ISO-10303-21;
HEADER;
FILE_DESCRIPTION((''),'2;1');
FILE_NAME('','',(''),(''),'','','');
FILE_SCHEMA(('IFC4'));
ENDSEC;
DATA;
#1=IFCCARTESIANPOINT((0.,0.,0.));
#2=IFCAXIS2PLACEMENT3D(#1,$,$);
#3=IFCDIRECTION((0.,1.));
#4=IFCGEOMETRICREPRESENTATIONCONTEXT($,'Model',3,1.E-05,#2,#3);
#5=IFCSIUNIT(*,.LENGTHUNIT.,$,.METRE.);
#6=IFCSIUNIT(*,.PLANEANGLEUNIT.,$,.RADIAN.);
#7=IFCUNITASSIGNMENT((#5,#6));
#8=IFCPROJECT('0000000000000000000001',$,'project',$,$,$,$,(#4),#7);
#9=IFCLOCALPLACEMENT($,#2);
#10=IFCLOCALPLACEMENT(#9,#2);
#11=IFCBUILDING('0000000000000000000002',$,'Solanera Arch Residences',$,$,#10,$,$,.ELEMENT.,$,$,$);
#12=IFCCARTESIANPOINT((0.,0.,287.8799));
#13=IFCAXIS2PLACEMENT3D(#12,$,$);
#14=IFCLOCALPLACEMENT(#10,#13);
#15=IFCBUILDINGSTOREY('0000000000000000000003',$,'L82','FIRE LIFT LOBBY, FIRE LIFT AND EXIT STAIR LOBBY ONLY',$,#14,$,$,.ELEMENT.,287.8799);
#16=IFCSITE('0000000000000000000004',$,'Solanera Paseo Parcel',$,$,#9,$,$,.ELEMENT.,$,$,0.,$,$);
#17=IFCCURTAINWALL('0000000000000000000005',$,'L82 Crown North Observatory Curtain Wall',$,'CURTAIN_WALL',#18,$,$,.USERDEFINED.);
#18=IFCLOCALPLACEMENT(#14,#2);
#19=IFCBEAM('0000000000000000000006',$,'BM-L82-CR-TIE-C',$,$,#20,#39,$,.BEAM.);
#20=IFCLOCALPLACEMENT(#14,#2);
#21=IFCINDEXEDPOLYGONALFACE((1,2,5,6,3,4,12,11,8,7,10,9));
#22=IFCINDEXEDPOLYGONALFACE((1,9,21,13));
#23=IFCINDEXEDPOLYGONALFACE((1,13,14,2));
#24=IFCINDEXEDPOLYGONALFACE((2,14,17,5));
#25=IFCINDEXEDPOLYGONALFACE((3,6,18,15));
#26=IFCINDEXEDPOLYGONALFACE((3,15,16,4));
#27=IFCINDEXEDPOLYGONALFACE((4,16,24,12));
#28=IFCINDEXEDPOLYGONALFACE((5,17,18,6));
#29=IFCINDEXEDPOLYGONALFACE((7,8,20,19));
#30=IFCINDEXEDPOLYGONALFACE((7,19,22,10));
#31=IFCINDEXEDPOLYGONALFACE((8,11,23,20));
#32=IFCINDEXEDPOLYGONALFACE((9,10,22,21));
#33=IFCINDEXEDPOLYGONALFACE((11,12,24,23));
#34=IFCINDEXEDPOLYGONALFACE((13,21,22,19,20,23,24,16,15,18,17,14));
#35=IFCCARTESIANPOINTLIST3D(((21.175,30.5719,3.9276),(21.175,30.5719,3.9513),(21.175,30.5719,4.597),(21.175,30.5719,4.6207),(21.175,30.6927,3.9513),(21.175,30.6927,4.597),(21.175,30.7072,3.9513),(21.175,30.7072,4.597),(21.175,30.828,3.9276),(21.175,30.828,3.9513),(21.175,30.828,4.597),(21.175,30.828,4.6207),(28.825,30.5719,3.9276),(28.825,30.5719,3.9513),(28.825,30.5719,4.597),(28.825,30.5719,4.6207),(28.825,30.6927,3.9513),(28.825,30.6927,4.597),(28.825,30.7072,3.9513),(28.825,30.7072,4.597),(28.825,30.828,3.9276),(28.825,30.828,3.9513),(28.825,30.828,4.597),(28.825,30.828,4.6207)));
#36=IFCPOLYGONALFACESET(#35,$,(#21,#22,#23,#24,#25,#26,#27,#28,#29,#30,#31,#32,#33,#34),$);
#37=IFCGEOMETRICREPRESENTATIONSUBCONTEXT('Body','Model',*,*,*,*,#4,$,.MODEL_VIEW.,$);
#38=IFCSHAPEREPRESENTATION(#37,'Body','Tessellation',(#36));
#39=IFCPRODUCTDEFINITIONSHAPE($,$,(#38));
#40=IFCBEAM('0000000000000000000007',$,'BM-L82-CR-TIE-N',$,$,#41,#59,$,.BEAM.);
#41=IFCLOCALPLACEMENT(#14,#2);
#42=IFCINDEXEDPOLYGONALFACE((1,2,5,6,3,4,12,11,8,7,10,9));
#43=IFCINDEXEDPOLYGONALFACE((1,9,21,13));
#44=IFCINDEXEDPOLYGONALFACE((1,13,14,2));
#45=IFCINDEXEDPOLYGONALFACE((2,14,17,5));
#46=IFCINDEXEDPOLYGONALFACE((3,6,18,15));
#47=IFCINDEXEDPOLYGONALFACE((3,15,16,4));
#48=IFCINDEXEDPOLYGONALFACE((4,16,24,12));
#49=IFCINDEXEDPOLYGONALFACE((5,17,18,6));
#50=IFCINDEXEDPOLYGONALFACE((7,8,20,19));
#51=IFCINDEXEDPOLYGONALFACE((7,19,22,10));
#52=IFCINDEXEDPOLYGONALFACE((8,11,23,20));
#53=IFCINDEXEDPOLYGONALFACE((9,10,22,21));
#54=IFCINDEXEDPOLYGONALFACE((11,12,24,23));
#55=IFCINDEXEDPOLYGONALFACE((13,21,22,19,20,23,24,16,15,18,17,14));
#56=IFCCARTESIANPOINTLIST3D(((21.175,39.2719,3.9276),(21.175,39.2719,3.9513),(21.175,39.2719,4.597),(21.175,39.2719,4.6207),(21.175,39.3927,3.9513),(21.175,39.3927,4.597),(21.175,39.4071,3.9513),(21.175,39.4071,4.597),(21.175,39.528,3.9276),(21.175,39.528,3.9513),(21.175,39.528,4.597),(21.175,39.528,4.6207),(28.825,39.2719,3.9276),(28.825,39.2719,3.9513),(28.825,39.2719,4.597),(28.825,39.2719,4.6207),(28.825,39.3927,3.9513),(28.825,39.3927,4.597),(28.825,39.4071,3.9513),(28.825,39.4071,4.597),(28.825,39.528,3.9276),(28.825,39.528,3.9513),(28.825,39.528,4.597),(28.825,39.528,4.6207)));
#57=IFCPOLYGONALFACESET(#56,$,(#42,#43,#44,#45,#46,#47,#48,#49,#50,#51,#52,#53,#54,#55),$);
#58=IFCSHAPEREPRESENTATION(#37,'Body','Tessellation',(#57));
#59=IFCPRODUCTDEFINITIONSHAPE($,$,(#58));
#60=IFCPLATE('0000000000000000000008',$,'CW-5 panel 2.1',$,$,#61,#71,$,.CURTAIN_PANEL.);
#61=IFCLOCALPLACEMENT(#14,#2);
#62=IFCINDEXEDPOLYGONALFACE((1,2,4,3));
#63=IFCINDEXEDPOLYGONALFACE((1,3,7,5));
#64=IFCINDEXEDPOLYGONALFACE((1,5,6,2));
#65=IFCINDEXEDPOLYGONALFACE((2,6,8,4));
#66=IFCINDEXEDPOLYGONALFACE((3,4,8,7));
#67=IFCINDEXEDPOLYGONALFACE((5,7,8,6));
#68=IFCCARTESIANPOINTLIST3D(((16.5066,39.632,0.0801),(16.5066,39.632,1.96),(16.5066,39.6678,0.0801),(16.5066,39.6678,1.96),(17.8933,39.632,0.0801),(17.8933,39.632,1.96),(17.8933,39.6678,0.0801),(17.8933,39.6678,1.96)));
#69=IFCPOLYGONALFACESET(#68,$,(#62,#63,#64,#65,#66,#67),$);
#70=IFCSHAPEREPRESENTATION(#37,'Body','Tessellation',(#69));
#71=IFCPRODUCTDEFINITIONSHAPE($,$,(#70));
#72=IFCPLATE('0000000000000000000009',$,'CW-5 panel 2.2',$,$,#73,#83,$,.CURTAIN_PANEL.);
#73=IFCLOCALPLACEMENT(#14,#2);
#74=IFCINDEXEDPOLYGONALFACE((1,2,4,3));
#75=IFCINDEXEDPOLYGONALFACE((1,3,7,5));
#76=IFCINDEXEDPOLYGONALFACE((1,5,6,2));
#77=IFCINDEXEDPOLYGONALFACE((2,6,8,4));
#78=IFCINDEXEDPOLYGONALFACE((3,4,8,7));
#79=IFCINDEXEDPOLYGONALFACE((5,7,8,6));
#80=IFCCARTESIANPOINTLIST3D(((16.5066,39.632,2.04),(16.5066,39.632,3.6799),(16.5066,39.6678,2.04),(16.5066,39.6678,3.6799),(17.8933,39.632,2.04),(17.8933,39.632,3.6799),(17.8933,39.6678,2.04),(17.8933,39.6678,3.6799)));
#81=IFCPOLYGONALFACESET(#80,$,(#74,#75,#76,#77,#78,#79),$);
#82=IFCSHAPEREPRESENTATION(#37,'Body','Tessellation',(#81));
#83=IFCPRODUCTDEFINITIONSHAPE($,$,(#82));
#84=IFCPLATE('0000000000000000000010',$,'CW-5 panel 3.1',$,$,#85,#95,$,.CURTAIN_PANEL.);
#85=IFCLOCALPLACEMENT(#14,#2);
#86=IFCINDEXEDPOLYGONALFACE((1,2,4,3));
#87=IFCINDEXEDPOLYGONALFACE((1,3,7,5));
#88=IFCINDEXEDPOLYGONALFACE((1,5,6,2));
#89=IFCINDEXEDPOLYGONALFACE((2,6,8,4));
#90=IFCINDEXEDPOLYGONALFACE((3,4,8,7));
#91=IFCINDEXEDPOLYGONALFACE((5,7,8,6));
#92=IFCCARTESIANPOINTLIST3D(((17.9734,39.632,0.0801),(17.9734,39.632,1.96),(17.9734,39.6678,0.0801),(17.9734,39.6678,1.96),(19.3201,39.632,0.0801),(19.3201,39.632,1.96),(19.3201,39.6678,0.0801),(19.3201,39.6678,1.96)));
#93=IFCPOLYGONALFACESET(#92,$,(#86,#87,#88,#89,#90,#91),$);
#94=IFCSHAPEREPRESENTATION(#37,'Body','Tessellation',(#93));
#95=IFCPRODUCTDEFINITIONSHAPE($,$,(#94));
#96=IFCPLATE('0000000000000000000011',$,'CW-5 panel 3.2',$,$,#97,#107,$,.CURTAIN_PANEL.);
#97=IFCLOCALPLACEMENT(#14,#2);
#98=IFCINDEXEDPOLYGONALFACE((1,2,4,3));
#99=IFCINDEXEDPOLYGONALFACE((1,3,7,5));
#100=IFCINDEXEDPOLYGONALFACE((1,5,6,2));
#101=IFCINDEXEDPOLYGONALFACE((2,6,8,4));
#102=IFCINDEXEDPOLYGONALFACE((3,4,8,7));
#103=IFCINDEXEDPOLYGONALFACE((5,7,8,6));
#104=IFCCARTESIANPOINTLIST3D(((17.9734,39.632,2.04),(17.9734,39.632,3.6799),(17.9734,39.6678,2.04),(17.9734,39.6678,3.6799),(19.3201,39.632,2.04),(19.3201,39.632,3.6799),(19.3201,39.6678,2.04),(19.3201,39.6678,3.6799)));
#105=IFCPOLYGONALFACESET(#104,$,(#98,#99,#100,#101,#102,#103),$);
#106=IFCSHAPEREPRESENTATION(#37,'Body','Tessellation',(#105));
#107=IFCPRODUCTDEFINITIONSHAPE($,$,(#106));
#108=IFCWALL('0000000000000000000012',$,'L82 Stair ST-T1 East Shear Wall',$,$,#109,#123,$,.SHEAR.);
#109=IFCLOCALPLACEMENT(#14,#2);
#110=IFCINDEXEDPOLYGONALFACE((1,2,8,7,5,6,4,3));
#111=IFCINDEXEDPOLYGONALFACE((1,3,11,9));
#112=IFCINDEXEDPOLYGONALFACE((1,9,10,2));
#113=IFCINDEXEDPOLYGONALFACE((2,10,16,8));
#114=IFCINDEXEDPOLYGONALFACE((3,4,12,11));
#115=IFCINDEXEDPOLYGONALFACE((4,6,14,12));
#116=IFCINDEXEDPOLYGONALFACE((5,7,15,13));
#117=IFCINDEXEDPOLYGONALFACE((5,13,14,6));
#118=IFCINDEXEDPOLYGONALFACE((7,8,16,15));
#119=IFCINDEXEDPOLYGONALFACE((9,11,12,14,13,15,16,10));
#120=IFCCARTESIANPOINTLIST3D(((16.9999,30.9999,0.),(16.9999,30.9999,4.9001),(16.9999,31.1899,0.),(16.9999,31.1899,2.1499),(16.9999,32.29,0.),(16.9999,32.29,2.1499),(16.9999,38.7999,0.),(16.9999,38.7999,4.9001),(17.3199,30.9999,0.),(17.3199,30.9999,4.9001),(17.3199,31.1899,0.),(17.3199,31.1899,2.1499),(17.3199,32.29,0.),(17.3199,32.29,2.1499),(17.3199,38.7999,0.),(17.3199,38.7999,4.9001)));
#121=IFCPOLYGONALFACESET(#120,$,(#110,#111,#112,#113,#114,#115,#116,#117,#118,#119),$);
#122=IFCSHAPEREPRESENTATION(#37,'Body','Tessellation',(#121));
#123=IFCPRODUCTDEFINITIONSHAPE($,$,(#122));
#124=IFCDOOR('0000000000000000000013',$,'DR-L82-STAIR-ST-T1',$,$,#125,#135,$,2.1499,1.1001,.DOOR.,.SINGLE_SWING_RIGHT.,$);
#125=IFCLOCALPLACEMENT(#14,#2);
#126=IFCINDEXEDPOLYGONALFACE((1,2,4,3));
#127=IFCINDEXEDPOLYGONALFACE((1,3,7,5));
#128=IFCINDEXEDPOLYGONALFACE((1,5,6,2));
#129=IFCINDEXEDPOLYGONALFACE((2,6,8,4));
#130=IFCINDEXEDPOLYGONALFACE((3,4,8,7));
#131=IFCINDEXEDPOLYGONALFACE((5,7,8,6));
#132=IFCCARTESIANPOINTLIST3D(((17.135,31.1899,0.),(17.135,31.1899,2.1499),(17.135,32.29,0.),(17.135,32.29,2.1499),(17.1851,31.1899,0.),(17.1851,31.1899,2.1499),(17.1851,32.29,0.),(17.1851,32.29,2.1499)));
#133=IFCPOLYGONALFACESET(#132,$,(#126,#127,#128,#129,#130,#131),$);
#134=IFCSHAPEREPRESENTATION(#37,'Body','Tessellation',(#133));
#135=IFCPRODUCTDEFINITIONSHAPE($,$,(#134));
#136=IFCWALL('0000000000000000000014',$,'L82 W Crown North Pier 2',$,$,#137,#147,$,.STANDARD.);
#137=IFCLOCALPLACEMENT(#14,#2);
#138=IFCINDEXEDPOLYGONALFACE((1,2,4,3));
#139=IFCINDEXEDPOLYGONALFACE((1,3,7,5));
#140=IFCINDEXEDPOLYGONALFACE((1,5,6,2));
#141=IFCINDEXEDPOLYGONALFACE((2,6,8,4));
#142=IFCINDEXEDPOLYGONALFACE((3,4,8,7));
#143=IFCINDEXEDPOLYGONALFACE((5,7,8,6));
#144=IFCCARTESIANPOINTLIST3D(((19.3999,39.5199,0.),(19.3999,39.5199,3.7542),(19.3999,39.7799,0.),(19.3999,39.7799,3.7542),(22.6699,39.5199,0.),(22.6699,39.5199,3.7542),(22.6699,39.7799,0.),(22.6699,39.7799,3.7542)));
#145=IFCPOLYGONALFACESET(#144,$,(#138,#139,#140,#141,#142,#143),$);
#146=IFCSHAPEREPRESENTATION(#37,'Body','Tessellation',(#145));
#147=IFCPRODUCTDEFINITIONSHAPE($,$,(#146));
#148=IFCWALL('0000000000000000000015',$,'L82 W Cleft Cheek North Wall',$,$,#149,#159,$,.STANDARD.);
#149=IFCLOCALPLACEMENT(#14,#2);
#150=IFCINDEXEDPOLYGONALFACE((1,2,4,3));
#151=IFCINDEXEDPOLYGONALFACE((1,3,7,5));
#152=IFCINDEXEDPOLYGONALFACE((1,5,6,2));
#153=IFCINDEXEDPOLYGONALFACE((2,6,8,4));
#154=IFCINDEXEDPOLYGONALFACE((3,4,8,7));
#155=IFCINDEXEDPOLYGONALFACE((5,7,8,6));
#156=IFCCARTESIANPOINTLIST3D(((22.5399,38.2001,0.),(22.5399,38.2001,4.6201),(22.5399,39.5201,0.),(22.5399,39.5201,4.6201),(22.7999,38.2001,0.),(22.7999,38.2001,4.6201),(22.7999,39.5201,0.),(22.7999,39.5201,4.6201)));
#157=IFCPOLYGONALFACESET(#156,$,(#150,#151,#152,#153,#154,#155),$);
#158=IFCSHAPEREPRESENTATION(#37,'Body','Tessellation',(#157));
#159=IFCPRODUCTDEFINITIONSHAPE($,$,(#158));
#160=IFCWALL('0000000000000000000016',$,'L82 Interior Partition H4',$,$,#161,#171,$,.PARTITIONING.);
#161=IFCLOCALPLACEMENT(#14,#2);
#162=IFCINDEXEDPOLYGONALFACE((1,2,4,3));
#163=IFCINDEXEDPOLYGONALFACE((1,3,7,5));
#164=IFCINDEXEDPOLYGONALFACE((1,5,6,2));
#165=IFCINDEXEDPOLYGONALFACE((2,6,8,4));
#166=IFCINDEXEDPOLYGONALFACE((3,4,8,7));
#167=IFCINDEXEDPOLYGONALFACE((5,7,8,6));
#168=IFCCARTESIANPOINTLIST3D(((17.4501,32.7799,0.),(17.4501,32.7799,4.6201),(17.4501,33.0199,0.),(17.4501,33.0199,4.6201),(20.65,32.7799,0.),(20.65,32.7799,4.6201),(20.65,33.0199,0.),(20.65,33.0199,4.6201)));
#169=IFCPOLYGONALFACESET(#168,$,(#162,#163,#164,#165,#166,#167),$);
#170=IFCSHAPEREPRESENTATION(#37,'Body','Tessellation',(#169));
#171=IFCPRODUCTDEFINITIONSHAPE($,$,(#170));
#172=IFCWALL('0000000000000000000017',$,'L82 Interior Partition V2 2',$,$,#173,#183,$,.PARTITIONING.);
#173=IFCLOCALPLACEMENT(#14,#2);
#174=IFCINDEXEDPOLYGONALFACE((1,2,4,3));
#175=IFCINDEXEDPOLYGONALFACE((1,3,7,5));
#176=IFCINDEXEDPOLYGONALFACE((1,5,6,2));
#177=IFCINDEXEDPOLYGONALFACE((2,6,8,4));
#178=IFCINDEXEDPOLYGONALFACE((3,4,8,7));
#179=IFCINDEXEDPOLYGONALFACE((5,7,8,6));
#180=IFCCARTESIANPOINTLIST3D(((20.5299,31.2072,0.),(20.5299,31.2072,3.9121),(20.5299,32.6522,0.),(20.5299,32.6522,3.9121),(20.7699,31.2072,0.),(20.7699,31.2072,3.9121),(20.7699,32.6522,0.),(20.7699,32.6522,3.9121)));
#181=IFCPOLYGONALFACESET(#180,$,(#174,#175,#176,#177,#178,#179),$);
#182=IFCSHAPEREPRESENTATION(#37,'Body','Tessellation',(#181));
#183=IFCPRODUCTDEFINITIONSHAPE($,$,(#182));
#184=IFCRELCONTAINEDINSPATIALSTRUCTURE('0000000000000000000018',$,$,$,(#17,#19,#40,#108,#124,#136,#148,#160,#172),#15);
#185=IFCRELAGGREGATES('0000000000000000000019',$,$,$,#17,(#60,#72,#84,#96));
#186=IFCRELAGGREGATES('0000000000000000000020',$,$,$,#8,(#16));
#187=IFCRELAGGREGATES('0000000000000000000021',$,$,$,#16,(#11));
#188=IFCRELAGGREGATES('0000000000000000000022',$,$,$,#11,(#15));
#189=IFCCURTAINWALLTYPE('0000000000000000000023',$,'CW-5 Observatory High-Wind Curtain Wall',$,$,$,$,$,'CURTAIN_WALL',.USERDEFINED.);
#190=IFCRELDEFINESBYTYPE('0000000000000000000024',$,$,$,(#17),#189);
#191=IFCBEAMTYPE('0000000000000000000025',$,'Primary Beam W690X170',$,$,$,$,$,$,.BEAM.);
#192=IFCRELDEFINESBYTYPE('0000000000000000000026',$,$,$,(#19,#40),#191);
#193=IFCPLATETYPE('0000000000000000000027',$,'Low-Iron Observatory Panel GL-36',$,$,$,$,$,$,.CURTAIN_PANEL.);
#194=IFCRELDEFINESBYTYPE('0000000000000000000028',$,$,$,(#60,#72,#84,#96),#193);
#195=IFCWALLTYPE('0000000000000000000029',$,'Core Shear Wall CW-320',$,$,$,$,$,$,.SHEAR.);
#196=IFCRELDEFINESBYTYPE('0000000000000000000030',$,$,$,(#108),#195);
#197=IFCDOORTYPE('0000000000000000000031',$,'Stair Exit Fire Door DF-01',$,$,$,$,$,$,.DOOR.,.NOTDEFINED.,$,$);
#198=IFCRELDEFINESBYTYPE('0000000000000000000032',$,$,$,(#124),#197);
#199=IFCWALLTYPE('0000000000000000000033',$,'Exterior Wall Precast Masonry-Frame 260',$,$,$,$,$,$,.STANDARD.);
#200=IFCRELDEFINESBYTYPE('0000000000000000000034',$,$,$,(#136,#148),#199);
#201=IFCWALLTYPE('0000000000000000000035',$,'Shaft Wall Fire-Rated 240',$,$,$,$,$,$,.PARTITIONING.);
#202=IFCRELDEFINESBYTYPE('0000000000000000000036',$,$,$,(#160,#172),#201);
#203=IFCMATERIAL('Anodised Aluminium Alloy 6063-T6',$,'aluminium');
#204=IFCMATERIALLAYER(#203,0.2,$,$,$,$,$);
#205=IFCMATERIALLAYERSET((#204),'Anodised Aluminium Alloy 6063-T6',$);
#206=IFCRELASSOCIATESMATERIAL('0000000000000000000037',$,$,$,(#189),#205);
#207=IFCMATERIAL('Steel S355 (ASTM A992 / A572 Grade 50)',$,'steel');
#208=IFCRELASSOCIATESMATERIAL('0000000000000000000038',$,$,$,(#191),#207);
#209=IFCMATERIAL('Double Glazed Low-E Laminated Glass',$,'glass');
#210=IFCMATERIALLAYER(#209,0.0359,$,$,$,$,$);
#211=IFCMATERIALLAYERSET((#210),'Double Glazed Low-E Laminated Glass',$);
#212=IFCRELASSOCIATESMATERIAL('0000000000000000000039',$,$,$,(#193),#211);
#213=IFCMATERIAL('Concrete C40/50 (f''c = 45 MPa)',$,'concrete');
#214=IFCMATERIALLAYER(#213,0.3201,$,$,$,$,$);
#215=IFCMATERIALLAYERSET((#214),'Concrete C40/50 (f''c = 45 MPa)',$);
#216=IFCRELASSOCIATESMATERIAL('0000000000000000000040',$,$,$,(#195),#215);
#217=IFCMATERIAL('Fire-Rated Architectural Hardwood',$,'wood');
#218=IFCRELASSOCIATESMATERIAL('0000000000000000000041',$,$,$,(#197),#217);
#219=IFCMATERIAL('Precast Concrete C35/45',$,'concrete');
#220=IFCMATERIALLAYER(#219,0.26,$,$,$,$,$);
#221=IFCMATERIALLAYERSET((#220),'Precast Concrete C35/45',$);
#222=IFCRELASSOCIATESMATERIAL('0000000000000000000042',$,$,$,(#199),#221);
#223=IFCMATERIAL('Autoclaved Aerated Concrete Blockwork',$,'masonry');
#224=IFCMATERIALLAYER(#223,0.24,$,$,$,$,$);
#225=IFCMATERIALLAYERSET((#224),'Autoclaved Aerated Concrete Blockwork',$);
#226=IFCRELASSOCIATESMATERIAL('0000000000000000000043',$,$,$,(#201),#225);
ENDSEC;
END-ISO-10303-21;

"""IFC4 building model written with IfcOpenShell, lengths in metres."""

from ifc_helpers import new_model, si_unit, direction, frame, frame_2d, origin, origin_2d, place, context, subcontext, project, spatial, rectangle, i_section, extrude, material, layer, layer_set, material_profile, profile_set, type_object, element, fill, aggregate, save


model = new_model("IFC4")

# Units and contexts
model_context = context("Model", 3, precision=1e-05, world=origin(), true_north=direction((0.0, 1.0)))
body_context = subcontext(model_context, "Body", "Model", "MODEL_VIEW")
ifc_project = project(units=[si_unit("LENGTHUNIT", "METRE"), si_unit("PLANEANGLEUNIT", "RADIAN")], contexts=[model_context])

# Site, building, storey
site_placement = place(None, origin())
site = spatial("IfcSite", under=ifc_project, at=site_placement, Name="Solanera Paseo Parcel", CompositionType="ELEMENT", RefElevation=0.0)
building_placement = place(site_placement, origin())
building = spatial("IfcBuilding", under=site, at=building_placement, Name="Solanera Arch Residences", CompositionType="ELEMENT")
storey_placement = place(building_placement, frame((0.0, 0.0, 287.8799)))
storey = spatial("IfcBuildingStorey", under=building, at=storey_placement, Name="L82", Description="FIRE LIFT LOBBY, FIRE LIFT AND EXIT STAIR LOBBY ONLY", CompositionType="ELEMENT", Elevation=287.8799)

# Curtain wall
ifc_material_1 = material(Name="Anodised Aluminium Alloy 6063-T6", Category="aluminium")
ifc_layer_1 = layer(ifc_material_1, 0.2)
ifc_layer_set_1 = layer_set([ifc_layer_1], Name="Anodised Aluminium Alloy 6063-T6")
curtain_wall_type_1 = type_object("IfcCurtainWallType", Name="CW-5 Observatory High-Wind Curtain Wall", ElementType="CURTAIN_WALL", PredefinedType="USERDEFINED", material=ifc_layer_set_1)
curtain_wall_1_placement = place(storey_placement, origin())
curtain_wall_1 = element("IfcCurtainWall", 1, at=curtain_wall_1_placement, inside=storey, type_object=curtain_wall_type_1, Name="L82 Crown North Observatory Curtain Wall", ObjectType="CURTAIN_WALL", PredefinedType="USERDEFINED")

# Beams
ifc_material_2 = material(Name="Steel S355 (ASTM A992 / A572 Grade 50)", Category="steel")
ifc_material_profile_1 = material_profile(ifc_material_2, i_section(OverallWidth=0.2561, OverallDepth=0.6931, WebThickness=0.0144, FlangeThickness=0.0237, at=origin_2d()))
ifc_profile_set_1 = profile_set([ifc_material_profile_1], Name="Steel S355 (ASTM A992 / A572 Grade 50)")
beam_type = type_object("IfcBeamType", Name="Primary Beam W690X170", PredefinedType="BEAM", material=ifc_profile_set_1)
for number, where, z_axis, x_axis, name in (
    (2, (21.175, 30.7, 4.2742), (1.0, 0.0, 0.0), (0.0, 1.0, 0.0), "BM-L82-CR-TIE-C"),
    (3, (21.175, 39.3999, 4.2742), (1.0, 0.0, 0.0), (0.0, 1.0, 0.0), "BM-L82-CR-TIE-N"),
):
    element("IfcBeam", number, at=place(storey_placement, frame(where, z_axis=z_axis, x_axis=x_axis)), inside=storey, type_object=beam_type, Name=name, PredefinedType="BEAM", context=body_context, shape_type="SweptSolid", body=[
        extrude(i_section(OverallWidth=0.2561, OverallDepth=0.6931, WebThickness=0.0144, FlangeThickness=0.0237, at=origin_2d()), origin(), (0.0, 0.0, 1.0), 7.6499),
    ])

# Plates
ifc_material_3 = material(Name="Double Glazed Low-E Laminated Glass", Category="glass")
ifc_layer_2 = layer(ifc_material_3, 0.0359)
ifc_layer_set_2 = layer_set([ifc_layer_2], Name="Double Glazed Low-E Laminated Glass")
plate_type = type_object("IfcPlateType", Name="Low-Iron Observatory Panel GL-36", PredefinedType="CURTAIN_PANEL", material=ifc_layer_set_2)
plate_1_placement = place(storey_placement, frame((17.2, 39.6499, 0.0801), z_axis=(0.0, 0.0, 1.0), x_axis=(1.0, 0.0, 0.0)))
plate_1 = element("IfcPlate", 4, at=plate_1_placement, type_object=plate_type, Name="CW-5 panel 2.1", PredefinedType="CURTAIN_PANEL", context=body_context, shape_type="SweptSolid", body=[
    extrude(rectangle(XDim=1.3867, YDim=0.0359, at=origin_2d()), origin(), (0.0, 0.0, 1.0), 1.8799),
])
plate_2_placement = place(storey_placement, frame((17.2, 39.6499, 2.04), z_axis=(0.0, 0.0, 1.0), x_axis=(1.0, 0.0, 0.0)))
plate_2 = element("IfcPlate", 5, at=plate_2_placement, type_object=plate_type, Name="CW-5 panel 2.2", PredefinedType="CURTAIN_PANEL", context=body_context, shape_type="SweptSolid", body=[
    extrude(rectangle(XDim=1.3867, YDim=0.0359, at=origin_2d()), origin(), (0.0, 0.0, 1.0), 1.6399),
])
plate_3_placement = place(storey_placement, frame((18.6467, 39.6499, 0.0801), z_axis=(0.0, 0.0, 1.0), x_axis=(1.0, 0.0, 0.0)))
plate_3 = element("IfcPlate", 6, at=plate_3_placement, type_object=plate_type, Name="CW-5 panel 3.1", PredefinedType="CURTAIN_PANEL", context=body_context, shape_type="SweptSolid", body=[
    extrude(rectangle(XDim=1.3467, YDim=0.0359, at=origin_2d()), origin(), (0.0, 0.0, 1.0), 1.8799),
])
plate_4_placement = place(storey_placement, frame((18.6467, 39.6499, 2.04), z_axis=(0.0, 0.0, 1.0), x_axis=(1.0, 0.0, 0.0)))
plate_4 = element("IfcPlate", 7, at=plate_4_placement, type_object=plate_type, Name="CW-5 panel 3.2", PredefinedType="CURTAIN_PANEL", context=body_context, shape_type="SweptSolid", body=[
    extrude(rectangle(XDim=1.3467, YDim=0.0359, at=origin_2d()), origin(), (0.0, 0.0, 1.0), 1.6399),
])
aggregate(curtain_wall_1, [plate_1, plate_2, plate_3, plate_4])

# Wall, opening, door
ifc_material_4 = material(Name="Concrete C40/50 (f'c = 45 MPa)", Category="concrete")
ifc_layer_3 = layer(ifc_material_4, 0.3201)
ifc_layer_set_3 = layer_set([ifc_layer_3], Name="Concrete C40/50 (f'c = 45 MPa)")
wall_type_1 = type_object("IfcWallType", Name="Core Shear Wall CW-320", PredefinedType="SHEAR", material=ifc_layer_set_3)
wall_1_placement = place(storey_placement, frame((17.1599, 31.0, 0.0), z_axis=(0.0, 0.0, 1.0), x_axis=(0.0, 1.0, 0.0)))
wall_1 = element("IfcWall", 8, at=wall_1_placement, inside=storey, type_object=wall_type_1, Name="L82 Stair ST-T1 East Shear Wall", PredefinedType="SHEAR", context=body_context, shape_type="SweptSolid", body=[
    extrude(rectangle(XDim=7.8, YDim=0.3201, at=frame_2d((3.8999, 0.0))), origin(), (0.0, 0.0, 1.0), 4.9001),
])
opening_placement = place(wall_1_placement, frame((0.1899, 0.0, 0.0)))
opening = element("IfcOpeningElement", 9, at=opening_placement, cuts=wall_1, PredefinedType="OPENING", context=body_context, shape_type="SweptSolid", body=[
    extrude(rectangle(XDim=1.1001, YDim=2.1499, at=frame_2d((0.55, 1.075))), frame((0.0, 0.1699, 0.0), z_axis=(0.0, -1.0, 0.0), x_axis=(1.0, 0.0, 0.0)), (0.0, 0.0, 1.0), 0.3401),
])
ifc_material_5 = material(Name="Fire-Rated Architectural Hardwood", Category="wood")
door_type = type_object("IfcDoorType", Name="Stair Exit Fire Door DF-01", OperationType="NOTDEFINED", PredefinedType="DOOR", material=ifc_material_5)
door_placement = place(opening_placement, origin())
door = element("IfcDoor", 10, at=door_placement, inside=storey, type_object=door_type, Name="DR-L82-STAIR-ST-T1", OperationType="SINGLE_SWING_RIGHT", OverallHeight=2.1499, OverallWidth=1.1001, PredefinedType="DOOR", context=body_context, shape_type="SweptSolid", body=[
    extrude(rectangle(XDim=1.1001, YDim=2.1499, at=frame_2d((0.55, 1.075))), frame((0.0, 0.0249, 0.0), z_axis=(0.0, -1.0, 0.0), x_axis=(1.0, 0.0, 0.0)), (0.0, 0.0, 1.0), 0.05),
])
fill(opening, door)

# Walls
ifc_material_6 = material(Name="Precast Concrete C35/45", Category="concrete")
ifc_layer_4 = layer(ifc_material_6, 0.26)
ifc_layer_set_4 = layer_set([ifc_layer_4], Name="Precast Concrete C35/45")
wall_type_2 = type_object("IfcWallType", Name="Exterior Wall Precast Masonry-Frame 260", PredefinedType="STANDARD", material=ifc_layer_set_4)
wall_2_placement = place(storey_placement, frame((19.3999, 39.6499, 0.0), z_axis=(0.0, 0.0, 1.0), x_axis=(1.0, 0.0, 0.0)))
element("IfcWall", 11, at=wall_2_placement, inside=storey, type_object=wall_type_2, Name="L82 W Crown North Pier 2", PredefinedType="STANDARD", context=body_context, shape_type="SweptSolid", body=[
    extrude(rectangle(XDim=3.27, YDim=0.26, at=frame_2d((1.635, 0.0))), origin(), (0.0, 0.0, 1.0), 3.7542),
])
wall_3_placement = place(storey_placement, frame((22.6699, 38.2, 0.0), z_axis=(0.0, 0.0, 1.0), x_axis=(0.0, 1.0, 0.0)))
element("IfcWall", 12, at=wall_3_placement, inside=storey, type_object=wall_type_2, Name="L82 W Cleft Cheek North Wall", PredefinedType="STANDARD", context=body_context, shape_type="SweptSolid", body=[
    extrude(rectangle(XDim=1.3201, YDim=0.26, at=frame_2d((0.6602, 0.0))), origin(), (0.0, 0.0, 1.0), 4.6201),
])
ifc_material_7 = material(Name="Autoclaved Aerated Concrete Blockwork", Category="masonry")
ifc_layer_5 = layer(ifc_material_7, 0.24)
ifc_layer_set_5 = layer_set([ifc_layer_5], Name="Autoclaved Aerated Concrete Blockwork")
wall_type_3 = type_object("IfcWallType", Name="Shaft Wall Fire-Rated 240", PredefinedType="PARTITIONING", material=ifc_layer_set_5)
wall_4_placement = place(storey_placement, frame((17.45, 32.8999, 0.0), z_axis=(0.0, 0.0, 1.0), x_axis=(1.0, 0.0, 0.0)))
element("IfcWall", 13, at=wall_4_placement, inside=storey, type_object=wall_type_3, Name="L82 Interior Partition H4", PredefinedType="PARTITIONING", context=body_context, shape_type="SweptSolid", body=[
    extrude(rectangle(XDim=3.2, YDim=0.24, at=frame_2d((1.6001, 0.0))), origin(), (0.0, 0.0, 1.0), 4.6201),
])
wall_5_placement = place(storey_placement, frame((20.6499, 31.207, 0.0), z_axis=(0.0, 0.0, 1.0), x_axis=(0.0, 1.0, 0.0)))
element("IfcWall", 14, at=wall_5_placement, inside=storey, type_object=wall_type_3, Name="L82 Interior Partition V2 2", PredefinedType="PARTITIONING", context=body_context, shape_type="SweptSolid", body=[
    extrude(rectangle(XDim=1.4451, YDim=0.24, at=frame_2d((0.7227, 0.0))), origin(), (0.0, 0.0, 1.0), 3.9121),
])

save(model, "model.ifc")
